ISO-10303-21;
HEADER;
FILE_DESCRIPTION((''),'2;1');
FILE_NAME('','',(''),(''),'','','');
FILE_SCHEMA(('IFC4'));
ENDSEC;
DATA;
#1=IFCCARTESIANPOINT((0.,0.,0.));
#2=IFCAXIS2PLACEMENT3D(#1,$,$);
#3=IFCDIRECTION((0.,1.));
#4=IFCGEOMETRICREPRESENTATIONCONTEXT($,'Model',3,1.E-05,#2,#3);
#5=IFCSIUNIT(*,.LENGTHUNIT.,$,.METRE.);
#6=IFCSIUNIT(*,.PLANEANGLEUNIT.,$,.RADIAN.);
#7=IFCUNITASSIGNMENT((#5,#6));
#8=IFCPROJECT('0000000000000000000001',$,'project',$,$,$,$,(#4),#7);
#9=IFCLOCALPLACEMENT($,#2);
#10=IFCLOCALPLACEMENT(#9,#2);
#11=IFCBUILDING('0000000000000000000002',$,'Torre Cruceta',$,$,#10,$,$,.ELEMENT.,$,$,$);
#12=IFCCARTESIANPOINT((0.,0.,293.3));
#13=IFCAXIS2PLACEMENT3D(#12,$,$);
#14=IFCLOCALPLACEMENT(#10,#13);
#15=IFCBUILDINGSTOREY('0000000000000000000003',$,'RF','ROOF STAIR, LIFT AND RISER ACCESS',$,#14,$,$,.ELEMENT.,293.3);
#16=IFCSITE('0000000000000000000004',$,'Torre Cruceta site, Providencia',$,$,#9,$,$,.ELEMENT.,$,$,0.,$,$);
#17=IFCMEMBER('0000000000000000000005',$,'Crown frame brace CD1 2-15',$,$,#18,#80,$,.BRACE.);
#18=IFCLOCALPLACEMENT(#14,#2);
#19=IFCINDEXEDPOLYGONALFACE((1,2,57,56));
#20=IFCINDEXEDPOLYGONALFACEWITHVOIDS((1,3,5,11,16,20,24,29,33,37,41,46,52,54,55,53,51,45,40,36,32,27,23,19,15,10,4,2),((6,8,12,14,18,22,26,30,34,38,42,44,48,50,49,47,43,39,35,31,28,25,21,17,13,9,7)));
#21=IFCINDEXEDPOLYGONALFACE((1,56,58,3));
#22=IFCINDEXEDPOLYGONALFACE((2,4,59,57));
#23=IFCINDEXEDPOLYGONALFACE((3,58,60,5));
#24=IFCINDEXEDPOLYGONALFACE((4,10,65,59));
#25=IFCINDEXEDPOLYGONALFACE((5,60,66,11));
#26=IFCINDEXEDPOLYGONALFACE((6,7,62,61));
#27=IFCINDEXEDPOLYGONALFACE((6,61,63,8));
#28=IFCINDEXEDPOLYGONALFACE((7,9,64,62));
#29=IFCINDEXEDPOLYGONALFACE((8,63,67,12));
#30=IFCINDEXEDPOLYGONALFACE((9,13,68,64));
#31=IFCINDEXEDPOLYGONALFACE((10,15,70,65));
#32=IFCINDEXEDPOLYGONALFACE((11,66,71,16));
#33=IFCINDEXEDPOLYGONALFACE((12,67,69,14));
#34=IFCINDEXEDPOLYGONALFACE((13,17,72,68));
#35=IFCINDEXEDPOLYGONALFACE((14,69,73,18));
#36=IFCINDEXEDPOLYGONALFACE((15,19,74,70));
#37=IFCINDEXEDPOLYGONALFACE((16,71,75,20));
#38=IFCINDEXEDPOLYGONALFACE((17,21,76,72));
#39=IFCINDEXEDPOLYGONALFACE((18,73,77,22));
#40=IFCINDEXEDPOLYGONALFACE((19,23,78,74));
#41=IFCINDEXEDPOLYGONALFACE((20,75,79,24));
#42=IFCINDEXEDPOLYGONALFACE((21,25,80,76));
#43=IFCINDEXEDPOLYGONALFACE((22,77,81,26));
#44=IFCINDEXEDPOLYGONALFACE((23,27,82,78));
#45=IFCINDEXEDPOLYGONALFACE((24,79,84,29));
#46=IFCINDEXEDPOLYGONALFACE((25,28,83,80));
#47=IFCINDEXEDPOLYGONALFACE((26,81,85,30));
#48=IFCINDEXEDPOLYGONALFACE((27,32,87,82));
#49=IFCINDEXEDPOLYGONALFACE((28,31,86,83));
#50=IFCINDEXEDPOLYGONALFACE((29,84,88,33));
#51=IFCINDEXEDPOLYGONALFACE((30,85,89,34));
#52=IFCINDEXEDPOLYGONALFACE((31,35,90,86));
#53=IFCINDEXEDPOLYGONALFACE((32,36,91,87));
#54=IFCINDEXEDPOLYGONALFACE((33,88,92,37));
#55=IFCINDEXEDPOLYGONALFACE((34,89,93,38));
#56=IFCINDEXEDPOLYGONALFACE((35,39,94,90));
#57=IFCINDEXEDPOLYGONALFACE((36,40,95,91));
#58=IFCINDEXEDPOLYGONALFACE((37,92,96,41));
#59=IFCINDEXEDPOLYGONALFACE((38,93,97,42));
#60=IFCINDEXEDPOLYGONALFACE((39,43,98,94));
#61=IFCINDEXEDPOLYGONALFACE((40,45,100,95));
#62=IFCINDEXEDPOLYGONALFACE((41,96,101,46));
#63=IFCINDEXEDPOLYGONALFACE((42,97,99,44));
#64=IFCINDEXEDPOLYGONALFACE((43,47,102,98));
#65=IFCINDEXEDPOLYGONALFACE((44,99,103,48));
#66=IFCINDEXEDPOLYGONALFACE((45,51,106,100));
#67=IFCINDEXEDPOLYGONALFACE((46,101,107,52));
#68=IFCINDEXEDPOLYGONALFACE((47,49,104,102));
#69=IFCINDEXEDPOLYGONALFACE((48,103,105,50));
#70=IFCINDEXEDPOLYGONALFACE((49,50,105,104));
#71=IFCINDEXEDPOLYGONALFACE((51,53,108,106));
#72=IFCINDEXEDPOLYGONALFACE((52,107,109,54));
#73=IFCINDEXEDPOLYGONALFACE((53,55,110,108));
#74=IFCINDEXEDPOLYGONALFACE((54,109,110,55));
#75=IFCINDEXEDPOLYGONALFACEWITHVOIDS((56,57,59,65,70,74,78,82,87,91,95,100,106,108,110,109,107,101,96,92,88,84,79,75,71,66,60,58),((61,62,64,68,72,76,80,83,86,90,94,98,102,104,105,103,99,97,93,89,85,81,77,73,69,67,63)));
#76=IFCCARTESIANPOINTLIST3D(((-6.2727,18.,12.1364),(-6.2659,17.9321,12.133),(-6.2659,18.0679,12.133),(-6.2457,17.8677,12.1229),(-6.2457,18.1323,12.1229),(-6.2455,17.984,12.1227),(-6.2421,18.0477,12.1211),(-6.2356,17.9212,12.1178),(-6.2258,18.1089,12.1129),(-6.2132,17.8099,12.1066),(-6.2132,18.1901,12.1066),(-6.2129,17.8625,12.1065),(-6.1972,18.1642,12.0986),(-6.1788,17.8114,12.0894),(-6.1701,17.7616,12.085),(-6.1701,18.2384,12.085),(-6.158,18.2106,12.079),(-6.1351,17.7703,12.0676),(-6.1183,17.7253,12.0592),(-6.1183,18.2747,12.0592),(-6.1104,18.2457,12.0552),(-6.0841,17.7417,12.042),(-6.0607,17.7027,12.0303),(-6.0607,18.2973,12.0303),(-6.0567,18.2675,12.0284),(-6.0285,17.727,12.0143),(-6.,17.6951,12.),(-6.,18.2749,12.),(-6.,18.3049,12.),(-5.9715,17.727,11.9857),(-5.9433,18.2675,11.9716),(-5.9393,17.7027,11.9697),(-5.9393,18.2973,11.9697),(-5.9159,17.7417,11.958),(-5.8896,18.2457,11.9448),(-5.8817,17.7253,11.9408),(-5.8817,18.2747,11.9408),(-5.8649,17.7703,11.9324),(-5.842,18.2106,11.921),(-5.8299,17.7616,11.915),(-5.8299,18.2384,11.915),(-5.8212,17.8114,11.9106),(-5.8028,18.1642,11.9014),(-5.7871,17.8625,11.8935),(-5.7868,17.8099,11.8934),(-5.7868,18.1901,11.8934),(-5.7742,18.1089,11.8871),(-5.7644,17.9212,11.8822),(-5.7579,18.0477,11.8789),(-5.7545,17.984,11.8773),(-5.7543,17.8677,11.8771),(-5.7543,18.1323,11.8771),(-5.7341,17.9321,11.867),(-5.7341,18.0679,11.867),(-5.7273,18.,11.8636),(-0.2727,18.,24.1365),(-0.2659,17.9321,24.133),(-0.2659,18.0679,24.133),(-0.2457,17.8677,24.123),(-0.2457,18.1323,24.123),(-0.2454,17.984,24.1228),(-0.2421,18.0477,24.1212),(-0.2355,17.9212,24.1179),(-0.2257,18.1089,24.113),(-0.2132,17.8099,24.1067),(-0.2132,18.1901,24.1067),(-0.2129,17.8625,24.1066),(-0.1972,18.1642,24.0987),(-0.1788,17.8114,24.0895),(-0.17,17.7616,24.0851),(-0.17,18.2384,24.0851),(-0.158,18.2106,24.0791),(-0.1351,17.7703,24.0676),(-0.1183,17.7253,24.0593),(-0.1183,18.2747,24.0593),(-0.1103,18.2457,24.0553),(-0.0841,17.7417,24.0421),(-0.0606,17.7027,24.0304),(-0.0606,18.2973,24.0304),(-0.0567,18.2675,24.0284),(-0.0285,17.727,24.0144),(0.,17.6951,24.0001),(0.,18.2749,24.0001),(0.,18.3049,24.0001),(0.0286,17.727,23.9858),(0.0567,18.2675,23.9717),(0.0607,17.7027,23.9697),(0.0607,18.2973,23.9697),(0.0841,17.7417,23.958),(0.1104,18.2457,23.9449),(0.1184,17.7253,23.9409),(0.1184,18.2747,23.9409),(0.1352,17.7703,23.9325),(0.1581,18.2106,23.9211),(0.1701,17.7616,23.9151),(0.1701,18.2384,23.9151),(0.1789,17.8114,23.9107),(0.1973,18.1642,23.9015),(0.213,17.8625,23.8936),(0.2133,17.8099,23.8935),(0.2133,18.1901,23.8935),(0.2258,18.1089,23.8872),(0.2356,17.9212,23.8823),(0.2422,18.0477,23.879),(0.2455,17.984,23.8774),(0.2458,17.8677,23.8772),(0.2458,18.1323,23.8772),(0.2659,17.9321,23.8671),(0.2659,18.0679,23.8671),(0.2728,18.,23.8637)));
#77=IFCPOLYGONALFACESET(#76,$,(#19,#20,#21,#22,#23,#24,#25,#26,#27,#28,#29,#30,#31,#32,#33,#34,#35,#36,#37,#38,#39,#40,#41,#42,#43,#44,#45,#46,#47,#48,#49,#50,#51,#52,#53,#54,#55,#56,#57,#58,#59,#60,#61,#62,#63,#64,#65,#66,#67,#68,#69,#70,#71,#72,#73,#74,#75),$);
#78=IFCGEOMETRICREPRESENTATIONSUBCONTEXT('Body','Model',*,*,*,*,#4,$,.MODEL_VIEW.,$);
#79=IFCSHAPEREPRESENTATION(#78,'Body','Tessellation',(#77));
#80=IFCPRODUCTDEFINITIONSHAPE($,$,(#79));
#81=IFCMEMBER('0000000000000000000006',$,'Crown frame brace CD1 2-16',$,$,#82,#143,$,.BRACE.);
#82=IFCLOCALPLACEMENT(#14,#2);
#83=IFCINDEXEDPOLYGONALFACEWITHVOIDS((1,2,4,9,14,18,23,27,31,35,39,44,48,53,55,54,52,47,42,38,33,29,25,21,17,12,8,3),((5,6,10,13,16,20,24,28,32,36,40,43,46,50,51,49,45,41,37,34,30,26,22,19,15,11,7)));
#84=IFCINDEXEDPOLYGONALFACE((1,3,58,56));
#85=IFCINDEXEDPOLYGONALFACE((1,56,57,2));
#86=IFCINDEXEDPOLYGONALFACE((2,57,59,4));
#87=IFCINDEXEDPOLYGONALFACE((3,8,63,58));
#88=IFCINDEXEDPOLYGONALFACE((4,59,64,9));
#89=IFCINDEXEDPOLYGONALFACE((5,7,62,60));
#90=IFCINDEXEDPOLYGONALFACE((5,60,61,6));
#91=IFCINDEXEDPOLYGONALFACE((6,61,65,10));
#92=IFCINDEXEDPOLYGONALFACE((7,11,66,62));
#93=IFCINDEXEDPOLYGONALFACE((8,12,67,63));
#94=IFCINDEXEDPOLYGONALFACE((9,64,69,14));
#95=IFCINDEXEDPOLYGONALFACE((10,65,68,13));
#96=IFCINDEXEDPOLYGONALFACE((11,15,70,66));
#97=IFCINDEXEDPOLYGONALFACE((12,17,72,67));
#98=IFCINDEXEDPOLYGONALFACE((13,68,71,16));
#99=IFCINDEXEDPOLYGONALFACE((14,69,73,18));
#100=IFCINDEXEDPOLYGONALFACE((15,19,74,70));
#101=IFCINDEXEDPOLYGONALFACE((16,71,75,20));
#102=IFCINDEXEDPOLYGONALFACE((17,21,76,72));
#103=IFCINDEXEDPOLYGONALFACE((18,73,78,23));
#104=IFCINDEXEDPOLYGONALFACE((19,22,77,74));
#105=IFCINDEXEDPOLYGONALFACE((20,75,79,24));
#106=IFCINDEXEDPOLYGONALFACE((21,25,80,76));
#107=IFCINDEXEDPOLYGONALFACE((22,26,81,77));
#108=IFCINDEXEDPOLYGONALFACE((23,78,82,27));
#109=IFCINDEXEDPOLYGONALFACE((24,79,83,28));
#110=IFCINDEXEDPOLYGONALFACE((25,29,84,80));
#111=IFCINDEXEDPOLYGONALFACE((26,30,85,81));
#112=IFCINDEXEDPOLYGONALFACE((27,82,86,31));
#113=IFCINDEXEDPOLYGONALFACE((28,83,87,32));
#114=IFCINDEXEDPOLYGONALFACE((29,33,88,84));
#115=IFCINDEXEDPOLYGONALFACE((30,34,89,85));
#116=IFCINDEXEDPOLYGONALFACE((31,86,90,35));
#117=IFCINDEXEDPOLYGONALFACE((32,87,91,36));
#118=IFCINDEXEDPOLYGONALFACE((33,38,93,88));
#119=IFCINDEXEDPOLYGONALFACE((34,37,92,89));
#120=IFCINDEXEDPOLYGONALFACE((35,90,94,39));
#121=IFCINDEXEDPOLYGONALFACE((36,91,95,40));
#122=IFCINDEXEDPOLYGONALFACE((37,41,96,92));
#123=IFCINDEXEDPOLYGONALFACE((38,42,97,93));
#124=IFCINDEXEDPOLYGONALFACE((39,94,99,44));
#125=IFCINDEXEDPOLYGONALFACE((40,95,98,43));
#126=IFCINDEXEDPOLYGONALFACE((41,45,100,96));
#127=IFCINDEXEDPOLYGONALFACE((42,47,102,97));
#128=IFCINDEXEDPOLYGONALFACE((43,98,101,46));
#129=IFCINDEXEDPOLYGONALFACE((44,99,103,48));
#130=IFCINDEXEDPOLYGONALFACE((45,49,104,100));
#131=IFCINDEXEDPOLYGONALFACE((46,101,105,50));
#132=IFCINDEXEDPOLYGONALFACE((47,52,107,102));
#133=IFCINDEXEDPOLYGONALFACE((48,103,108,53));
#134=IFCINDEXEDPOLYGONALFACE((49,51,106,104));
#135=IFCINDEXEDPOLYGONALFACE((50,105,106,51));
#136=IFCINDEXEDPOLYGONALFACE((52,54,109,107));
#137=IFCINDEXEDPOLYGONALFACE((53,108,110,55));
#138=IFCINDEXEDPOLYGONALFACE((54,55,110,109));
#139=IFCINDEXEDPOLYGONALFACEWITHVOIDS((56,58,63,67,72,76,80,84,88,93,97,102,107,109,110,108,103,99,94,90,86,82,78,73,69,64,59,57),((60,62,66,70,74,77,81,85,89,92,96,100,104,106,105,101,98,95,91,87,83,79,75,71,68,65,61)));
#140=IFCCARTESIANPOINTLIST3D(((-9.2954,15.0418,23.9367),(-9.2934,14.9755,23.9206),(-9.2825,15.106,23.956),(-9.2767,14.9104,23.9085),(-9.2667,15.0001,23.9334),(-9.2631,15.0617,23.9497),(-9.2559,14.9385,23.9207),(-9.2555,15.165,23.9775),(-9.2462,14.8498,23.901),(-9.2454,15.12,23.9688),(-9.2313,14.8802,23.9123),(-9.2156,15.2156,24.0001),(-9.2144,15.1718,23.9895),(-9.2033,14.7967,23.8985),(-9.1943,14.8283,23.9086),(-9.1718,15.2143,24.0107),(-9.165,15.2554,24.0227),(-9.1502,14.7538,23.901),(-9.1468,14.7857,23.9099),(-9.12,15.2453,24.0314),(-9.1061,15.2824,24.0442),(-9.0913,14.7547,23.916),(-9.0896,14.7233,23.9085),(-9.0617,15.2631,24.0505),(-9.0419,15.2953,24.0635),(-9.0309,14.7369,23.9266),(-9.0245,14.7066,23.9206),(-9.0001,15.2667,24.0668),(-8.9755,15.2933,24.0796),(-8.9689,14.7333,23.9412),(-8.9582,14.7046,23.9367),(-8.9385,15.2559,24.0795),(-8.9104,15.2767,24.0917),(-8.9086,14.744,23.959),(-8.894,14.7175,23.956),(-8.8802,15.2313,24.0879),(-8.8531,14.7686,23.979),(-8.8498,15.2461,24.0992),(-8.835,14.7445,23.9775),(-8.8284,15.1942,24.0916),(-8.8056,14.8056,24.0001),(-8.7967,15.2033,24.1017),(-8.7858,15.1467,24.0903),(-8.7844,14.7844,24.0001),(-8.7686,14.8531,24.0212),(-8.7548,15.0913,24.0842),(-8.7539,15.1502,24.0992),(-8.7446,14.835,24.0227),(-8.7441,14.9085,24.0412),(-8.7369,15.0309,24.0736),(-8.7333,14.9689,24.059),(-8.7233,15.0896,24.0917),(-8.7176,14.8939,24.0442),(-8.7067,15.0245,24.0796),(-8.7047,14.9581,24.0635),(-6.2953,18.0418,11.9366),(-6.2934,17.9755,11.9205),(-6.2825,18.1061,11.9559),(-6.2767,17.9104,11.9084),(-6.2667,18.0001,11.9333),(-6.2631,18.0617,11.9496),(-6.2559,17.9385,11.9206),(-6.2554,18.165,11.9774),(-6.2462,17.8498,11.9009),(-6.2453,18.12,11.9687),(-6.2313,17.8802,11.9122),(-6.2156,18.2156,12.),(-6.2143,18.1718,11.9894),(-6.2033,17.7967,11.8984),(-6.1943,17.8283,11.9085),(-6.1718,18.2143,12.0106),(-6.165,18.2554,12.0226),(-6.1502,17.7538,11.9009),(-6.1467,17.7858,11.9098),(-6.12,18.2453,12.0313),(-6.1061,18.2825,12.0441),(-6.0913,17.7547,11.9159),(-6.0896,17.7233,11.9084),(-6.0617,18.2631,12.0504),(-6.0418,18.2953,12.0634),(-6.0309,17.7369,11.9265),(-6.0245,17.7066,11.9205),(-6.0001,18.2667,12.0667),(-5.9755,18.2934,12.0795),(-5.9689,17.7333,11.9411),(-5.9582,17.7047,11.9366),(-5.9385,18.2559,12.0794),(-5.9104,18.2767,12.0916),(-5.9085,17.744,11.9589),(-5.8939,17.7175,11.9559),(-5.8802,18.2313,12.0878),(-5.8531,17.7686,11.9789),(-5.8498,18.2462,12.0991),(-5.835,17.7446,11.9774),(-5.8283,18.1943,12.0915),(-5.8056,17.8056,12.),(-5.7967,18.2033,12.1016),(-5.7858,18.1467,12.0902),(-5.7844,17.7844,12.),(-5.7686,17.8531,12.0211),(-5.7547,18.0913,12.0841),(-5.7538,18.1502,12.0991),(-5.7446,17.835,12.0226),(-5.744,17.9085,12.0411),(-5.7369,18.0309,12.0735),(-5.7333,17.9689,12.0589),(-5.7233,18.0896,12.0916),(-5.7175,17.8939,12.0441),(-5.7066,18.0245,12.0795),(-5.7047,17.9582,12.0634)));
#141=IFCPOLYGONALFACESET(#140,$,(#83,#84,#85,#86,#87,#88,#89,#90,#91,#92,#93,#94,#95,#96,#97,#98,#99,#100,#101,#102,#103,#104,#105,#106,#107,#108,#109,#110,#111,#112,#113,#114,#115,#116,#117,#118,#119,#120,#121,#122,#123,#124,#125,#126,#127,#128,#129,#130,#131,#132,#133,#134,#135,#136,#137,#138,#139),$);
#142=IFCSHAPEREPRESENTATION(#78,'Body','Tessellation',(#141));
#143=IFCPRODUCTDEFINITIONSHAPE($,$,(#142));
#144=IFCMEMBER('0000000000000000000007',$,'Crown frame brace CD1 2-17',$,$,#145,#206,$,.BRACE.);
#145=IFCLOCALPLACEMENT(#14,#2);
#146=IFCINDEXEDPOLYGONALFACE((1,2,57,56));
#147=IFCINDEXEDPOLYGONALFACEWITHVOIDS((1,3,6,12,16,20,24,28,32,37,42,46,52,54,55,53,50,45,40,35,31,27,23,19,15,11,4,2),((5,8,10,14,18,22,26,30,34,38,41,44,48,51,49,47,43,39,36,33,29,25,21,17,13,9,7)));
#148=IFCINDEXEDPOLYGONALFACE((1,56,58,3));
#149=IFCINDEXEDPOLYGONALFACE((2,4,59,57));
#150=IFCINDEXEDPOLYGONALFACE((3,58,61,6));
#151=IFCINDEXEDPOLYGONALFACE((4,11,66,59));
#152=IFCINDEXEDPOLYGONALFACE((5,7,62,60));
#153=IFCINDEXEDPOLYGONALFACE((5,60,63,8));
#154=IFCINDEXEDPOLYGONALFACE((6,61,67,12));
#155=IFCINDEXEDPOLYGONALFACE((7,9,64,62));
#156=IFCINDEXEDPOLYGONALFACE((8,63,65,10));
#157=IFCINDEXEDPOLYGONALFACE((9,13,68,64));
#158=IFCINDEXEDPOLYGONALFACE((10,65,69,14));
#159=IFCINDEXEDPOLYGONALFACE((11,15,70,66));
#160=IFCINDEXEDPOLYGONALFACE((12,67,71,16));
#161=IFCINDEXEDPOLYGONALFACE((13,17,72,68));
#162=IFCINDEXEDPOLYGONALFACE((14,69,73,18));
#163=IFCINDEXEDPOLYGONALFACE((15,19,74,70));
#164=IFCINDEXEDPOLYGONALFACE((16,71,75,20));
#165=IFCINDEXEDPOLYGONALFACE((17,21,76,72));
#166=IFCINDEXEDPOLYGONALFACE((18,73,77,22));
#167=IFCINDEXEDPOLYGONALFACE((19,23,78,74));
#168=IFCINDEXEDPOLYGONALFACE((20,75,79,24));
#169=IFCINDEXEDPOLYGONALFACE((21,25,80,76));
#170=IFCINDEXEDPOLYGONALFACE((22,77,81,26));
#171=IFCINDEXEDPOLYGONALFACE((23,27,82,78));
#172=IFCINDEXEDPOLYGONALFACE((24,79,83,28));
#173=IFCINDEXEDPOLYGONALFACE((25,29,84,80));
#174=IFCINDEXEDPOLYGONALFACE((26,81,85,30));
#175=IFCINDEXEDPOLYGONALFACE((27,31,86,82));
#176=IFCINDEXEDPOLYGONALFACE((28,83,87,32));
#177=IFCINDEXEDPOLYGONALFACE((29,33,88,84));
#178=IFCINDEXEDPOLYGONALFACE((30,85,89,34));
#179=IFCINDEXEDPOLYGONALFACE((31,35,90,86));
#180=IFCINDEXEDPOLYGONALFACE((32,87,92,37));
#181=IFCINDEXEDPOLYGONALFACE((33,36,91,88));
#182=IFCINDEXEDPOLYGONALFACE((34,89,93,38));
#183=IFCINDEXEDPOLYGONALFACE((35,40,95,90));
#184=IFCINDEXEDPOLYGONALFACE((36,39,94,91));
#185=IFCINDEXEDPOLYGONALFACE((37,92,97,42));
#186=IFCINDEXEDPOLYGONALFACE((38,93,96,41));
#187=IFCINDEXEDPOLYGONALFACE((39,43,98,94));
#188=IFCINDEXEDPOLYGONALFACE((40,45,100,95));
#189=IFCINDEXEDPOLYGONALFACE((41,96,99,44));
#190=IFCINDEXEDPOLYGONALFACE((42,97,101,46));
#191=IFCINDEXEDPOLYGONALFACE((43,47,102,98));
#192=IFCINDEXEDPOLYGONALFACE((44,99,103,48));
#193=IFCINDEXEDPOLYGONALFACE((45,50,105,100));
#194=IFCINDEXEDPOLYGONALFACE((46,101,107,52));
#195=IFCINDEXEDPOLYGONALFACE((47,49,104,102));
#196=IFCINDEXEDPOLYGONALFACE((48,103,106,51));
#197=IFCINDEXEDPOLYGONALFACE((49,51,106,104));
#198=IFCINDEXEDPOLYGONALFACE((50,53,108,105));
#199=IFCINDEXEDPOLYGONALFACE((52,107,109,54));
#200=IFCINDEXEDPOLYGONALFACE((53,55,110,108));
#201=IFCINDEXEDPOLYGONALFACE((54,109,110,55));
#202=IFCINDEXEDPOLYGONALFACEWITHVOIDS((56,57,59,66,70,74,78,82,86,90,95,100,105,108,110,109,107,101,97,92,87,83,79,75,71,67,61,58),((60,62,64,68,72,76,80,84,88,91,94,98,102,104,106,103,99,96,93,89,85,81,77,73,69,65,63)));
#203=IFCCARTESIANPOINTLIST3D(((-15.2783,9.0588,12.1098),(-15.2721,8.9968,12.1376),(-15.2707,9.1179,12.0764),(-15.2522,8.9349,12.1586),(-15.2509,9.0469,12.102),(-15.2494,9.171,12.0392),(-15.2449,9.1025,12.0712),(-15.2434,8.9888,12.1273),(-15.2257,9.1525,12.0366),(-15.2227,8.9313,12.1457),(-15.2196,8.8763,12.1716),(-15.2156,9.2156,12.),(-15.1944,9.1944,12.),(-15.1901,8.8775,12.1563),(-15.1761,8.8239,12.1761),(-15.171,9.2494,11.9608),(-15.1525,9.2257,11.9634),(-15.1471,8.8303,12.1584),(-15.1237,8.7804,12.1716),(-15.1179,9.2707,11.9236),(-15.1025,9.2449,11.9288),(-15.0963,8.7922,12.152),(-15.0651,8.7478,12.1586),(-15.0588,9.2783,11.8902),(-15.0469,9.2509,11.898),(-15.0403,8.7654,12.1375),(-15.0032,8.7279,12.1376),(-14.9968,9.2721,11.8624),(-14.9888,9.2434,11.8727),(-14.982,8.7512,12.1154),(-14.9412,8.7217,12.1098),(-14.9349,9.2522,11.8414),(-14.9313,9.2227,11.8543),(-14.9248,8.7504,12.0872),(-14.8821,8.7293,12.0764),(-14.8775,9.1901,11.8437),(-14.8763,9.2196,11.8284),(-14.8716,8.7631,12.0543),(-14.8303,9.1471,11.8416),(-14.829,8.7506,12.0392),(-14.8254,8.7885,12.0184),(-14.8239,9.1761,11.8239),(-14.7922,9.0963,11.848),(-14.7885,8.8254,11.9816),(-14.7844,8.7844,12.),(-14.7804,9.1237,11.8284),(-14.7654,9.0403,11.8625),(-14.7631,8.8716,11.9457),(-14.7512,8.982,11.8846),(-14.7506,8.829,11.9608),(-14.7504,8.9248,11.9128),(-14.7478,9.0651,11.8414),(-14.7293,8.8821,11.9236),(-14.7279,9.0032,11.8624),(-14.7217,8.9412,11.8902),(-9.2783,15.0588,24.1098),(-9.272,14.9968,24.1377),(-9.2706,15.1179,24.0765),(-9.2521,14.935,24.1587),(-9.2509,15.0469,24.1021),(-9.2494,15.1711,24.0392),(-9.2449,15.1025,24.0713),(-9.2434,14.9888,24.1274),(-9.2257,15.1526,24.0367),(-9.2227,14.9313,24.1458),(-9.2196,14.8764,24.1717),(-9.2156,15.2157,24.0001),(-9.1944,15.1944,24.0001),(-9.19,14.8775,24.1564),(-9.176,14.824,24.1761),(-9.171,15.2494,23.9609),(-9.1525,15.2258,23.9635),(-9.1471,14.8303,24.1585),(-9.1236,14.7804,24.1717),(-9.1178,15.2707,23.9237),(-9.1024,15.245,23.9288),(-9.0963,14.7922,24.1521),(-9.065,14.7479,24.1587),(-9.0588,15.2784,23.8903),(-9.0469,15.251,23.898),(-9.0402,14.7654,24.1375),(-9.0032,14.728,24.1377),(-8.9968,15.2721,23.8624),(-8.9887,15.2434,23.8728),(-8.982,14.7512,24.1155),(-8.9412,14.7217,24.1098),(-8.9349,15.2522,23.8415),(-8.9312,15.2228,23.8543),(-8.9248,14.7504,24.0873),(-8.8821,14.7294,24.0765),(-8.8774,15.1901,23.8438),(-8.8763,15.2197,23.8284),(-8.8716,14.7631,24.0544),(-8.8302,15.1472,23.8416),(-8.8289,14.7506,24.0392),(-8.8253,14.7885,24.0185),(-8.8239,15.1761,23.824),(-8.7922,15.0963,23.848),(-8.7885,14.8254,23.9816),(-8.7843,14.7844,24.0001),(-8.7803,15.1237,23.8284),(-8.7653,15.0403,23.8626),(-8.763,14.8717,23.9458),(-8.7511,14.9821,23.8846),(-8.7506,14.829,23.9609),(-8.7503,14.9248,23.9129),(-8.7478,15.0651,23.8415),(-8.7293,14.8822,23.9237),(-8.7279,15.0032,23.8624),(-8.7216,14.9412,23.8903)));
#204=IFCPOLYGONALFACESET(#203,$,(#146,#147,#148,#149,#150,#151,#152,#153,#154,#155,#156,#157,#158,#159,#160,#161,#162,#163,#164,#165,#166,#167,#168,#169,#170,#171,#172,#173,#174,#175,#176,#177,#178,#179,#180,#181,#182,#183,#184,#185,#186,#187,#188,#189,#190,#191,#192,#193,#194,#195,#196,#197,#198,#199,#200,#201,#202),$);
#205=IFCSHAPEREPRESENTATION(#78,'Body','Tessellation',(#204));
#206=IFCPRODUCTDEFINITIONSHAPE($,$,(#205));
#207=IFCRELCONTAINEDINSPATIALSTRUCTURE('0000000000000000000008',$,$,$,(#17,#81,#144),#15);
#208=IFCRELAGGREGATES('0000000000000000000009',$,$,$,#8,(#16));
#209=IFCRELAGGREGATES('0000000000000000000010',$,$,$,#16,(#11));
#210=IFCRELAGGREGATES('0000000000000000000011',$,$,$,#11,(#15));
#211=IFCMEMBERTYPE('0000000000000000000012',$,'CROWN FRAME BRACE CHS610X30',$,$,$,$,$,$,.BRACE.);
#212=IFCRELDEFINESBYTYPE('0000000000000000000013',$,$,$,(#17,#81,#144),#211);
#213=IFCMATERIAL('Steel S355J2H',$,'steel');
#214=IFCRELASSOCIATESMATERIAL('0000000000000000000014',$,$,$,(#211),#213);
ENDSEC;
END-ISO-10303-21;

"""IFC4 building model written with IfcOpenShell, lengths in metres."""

from ifc_helpers import new_model, si_unit, direction, frame, origin, origin_2d, place, context, subcontext, project, spatial, hollow_circle, extrude, material, material_profile, profile_set, type_object, element, save


model = new_model("IFC4")

# Units and contexts
model_context = context("Model", 3, precision=1e-05, world=origin(), true_north=direction((0.0, 1.0)))
body_context = subcontext(model_context, "Body", "Model", "MODEL_VIEW")
ifc_project = project(units=[si_unit("LENGTHUNIT", "METRE"), si_unit("PLANEANGLEUNIT", "RADIAN")], contexts=[model_context])

# Site, building, storey
site_placement = place(None, origin())
site = spatial("IfcSite", under=ifc_project, at=site_placement, Name="Torre Cruceta site, Providencia", CompositionType="ELEMENT", RefElevation=0.0)
building_placement = place(site_placement, origin())
building = spatial("IfcBuilding", under=site, at=building_placement, Name="Torre Cruceta", CompositionType="ELEMENT")
storey_placement = place(building_placement, frame((0.0, 0.0, 293.3)))
storey = spatial("IfcBuildingStorey", under=building, at=storey_placement, Name="RF", Description="ROOF STAIR, LIFT AND RISER ACCESS", CompositionType="ELEMENT", Elevation=293.3)

# Members
ifc_material_1 = material(Name="Steel S355J2H", Category="steel")
ifc_material_profile_1 = material_profile(ifc_material_1, hollow_circle(Radius=0.3049, WallThickness=0.03, at=origin_2d()), Name="CHS610X30")
ifc_profile_set_1 = profile_set([ifc_material_profile_1], Name="Steel S355J2H")
member_type_1 = type_object("IfcMemberType", Name="CROWN FRAME BRACE CHS610X30", PredefinedType="BRACE", material=ifc_profile_set_1)
member_1_placement = place(storey_placement, frame((-6.0, 18.0, 12.0), z_axis=(0.447214, 0.0, 0.894427), x_axis=(0.0, 1.0, 0.0)))
element("IfcMember", 1, at=member_1_placement, inside=storey, type_object=member_type_1, Name="Crown frame brace CD1 2-15", PredefinedType="BRACE", context=body_context, shape_type="SweptSolid", body=[
    extrude(hollow_circle(Radius=0.3049, WallThickness=0.03, at=origin_2d()), origin(), (0.0, 0.0, 1.0), 13.4165),
])
member_2_placement = place(storey_placement, frame((-6.0, 18.0, 12.0), z_axis=(-0.235702, -0.235702, 0.942809), x_axis=(0.707107, -0.707107, 0.0)))
element("IfcMember", 2, at=member_2_placement, inside=storey, type_object=member_type_1, Name="Crown frame brace CD1 2-16", PredefinedType="BRACE", context=body_context, shape_type="SweptSolid", body=[
    extrude(hollow_circle(Radius=0.3049, WallThickness=0.03, at=origin_2d()), origin(), (0.0, 0.0, 1.0), 12.728),
])
member_3_placement = place(storey_placement, frame((-15.0, 9.0, 12.0), z_axis=(0.408248, 0.408248, 0.816497), x_axis=(-0.707107, 0.707107, 0.0)))
element("IfcMember", 3, at=member_3_placement, inside=storey, type_object=member_type_1, Name="Crown frame brace CD1 2-17", PredefinedType="BRACE", context=body_context, shape_type="SweptSolid", body=[
    extrude(hollow_circle(Radius=0.3049, WallThickness=0.03, at=origin_2d()), origin(), (0.0, 0.0, 1.0), 14.697),
])

save(model, "model.ifc")
